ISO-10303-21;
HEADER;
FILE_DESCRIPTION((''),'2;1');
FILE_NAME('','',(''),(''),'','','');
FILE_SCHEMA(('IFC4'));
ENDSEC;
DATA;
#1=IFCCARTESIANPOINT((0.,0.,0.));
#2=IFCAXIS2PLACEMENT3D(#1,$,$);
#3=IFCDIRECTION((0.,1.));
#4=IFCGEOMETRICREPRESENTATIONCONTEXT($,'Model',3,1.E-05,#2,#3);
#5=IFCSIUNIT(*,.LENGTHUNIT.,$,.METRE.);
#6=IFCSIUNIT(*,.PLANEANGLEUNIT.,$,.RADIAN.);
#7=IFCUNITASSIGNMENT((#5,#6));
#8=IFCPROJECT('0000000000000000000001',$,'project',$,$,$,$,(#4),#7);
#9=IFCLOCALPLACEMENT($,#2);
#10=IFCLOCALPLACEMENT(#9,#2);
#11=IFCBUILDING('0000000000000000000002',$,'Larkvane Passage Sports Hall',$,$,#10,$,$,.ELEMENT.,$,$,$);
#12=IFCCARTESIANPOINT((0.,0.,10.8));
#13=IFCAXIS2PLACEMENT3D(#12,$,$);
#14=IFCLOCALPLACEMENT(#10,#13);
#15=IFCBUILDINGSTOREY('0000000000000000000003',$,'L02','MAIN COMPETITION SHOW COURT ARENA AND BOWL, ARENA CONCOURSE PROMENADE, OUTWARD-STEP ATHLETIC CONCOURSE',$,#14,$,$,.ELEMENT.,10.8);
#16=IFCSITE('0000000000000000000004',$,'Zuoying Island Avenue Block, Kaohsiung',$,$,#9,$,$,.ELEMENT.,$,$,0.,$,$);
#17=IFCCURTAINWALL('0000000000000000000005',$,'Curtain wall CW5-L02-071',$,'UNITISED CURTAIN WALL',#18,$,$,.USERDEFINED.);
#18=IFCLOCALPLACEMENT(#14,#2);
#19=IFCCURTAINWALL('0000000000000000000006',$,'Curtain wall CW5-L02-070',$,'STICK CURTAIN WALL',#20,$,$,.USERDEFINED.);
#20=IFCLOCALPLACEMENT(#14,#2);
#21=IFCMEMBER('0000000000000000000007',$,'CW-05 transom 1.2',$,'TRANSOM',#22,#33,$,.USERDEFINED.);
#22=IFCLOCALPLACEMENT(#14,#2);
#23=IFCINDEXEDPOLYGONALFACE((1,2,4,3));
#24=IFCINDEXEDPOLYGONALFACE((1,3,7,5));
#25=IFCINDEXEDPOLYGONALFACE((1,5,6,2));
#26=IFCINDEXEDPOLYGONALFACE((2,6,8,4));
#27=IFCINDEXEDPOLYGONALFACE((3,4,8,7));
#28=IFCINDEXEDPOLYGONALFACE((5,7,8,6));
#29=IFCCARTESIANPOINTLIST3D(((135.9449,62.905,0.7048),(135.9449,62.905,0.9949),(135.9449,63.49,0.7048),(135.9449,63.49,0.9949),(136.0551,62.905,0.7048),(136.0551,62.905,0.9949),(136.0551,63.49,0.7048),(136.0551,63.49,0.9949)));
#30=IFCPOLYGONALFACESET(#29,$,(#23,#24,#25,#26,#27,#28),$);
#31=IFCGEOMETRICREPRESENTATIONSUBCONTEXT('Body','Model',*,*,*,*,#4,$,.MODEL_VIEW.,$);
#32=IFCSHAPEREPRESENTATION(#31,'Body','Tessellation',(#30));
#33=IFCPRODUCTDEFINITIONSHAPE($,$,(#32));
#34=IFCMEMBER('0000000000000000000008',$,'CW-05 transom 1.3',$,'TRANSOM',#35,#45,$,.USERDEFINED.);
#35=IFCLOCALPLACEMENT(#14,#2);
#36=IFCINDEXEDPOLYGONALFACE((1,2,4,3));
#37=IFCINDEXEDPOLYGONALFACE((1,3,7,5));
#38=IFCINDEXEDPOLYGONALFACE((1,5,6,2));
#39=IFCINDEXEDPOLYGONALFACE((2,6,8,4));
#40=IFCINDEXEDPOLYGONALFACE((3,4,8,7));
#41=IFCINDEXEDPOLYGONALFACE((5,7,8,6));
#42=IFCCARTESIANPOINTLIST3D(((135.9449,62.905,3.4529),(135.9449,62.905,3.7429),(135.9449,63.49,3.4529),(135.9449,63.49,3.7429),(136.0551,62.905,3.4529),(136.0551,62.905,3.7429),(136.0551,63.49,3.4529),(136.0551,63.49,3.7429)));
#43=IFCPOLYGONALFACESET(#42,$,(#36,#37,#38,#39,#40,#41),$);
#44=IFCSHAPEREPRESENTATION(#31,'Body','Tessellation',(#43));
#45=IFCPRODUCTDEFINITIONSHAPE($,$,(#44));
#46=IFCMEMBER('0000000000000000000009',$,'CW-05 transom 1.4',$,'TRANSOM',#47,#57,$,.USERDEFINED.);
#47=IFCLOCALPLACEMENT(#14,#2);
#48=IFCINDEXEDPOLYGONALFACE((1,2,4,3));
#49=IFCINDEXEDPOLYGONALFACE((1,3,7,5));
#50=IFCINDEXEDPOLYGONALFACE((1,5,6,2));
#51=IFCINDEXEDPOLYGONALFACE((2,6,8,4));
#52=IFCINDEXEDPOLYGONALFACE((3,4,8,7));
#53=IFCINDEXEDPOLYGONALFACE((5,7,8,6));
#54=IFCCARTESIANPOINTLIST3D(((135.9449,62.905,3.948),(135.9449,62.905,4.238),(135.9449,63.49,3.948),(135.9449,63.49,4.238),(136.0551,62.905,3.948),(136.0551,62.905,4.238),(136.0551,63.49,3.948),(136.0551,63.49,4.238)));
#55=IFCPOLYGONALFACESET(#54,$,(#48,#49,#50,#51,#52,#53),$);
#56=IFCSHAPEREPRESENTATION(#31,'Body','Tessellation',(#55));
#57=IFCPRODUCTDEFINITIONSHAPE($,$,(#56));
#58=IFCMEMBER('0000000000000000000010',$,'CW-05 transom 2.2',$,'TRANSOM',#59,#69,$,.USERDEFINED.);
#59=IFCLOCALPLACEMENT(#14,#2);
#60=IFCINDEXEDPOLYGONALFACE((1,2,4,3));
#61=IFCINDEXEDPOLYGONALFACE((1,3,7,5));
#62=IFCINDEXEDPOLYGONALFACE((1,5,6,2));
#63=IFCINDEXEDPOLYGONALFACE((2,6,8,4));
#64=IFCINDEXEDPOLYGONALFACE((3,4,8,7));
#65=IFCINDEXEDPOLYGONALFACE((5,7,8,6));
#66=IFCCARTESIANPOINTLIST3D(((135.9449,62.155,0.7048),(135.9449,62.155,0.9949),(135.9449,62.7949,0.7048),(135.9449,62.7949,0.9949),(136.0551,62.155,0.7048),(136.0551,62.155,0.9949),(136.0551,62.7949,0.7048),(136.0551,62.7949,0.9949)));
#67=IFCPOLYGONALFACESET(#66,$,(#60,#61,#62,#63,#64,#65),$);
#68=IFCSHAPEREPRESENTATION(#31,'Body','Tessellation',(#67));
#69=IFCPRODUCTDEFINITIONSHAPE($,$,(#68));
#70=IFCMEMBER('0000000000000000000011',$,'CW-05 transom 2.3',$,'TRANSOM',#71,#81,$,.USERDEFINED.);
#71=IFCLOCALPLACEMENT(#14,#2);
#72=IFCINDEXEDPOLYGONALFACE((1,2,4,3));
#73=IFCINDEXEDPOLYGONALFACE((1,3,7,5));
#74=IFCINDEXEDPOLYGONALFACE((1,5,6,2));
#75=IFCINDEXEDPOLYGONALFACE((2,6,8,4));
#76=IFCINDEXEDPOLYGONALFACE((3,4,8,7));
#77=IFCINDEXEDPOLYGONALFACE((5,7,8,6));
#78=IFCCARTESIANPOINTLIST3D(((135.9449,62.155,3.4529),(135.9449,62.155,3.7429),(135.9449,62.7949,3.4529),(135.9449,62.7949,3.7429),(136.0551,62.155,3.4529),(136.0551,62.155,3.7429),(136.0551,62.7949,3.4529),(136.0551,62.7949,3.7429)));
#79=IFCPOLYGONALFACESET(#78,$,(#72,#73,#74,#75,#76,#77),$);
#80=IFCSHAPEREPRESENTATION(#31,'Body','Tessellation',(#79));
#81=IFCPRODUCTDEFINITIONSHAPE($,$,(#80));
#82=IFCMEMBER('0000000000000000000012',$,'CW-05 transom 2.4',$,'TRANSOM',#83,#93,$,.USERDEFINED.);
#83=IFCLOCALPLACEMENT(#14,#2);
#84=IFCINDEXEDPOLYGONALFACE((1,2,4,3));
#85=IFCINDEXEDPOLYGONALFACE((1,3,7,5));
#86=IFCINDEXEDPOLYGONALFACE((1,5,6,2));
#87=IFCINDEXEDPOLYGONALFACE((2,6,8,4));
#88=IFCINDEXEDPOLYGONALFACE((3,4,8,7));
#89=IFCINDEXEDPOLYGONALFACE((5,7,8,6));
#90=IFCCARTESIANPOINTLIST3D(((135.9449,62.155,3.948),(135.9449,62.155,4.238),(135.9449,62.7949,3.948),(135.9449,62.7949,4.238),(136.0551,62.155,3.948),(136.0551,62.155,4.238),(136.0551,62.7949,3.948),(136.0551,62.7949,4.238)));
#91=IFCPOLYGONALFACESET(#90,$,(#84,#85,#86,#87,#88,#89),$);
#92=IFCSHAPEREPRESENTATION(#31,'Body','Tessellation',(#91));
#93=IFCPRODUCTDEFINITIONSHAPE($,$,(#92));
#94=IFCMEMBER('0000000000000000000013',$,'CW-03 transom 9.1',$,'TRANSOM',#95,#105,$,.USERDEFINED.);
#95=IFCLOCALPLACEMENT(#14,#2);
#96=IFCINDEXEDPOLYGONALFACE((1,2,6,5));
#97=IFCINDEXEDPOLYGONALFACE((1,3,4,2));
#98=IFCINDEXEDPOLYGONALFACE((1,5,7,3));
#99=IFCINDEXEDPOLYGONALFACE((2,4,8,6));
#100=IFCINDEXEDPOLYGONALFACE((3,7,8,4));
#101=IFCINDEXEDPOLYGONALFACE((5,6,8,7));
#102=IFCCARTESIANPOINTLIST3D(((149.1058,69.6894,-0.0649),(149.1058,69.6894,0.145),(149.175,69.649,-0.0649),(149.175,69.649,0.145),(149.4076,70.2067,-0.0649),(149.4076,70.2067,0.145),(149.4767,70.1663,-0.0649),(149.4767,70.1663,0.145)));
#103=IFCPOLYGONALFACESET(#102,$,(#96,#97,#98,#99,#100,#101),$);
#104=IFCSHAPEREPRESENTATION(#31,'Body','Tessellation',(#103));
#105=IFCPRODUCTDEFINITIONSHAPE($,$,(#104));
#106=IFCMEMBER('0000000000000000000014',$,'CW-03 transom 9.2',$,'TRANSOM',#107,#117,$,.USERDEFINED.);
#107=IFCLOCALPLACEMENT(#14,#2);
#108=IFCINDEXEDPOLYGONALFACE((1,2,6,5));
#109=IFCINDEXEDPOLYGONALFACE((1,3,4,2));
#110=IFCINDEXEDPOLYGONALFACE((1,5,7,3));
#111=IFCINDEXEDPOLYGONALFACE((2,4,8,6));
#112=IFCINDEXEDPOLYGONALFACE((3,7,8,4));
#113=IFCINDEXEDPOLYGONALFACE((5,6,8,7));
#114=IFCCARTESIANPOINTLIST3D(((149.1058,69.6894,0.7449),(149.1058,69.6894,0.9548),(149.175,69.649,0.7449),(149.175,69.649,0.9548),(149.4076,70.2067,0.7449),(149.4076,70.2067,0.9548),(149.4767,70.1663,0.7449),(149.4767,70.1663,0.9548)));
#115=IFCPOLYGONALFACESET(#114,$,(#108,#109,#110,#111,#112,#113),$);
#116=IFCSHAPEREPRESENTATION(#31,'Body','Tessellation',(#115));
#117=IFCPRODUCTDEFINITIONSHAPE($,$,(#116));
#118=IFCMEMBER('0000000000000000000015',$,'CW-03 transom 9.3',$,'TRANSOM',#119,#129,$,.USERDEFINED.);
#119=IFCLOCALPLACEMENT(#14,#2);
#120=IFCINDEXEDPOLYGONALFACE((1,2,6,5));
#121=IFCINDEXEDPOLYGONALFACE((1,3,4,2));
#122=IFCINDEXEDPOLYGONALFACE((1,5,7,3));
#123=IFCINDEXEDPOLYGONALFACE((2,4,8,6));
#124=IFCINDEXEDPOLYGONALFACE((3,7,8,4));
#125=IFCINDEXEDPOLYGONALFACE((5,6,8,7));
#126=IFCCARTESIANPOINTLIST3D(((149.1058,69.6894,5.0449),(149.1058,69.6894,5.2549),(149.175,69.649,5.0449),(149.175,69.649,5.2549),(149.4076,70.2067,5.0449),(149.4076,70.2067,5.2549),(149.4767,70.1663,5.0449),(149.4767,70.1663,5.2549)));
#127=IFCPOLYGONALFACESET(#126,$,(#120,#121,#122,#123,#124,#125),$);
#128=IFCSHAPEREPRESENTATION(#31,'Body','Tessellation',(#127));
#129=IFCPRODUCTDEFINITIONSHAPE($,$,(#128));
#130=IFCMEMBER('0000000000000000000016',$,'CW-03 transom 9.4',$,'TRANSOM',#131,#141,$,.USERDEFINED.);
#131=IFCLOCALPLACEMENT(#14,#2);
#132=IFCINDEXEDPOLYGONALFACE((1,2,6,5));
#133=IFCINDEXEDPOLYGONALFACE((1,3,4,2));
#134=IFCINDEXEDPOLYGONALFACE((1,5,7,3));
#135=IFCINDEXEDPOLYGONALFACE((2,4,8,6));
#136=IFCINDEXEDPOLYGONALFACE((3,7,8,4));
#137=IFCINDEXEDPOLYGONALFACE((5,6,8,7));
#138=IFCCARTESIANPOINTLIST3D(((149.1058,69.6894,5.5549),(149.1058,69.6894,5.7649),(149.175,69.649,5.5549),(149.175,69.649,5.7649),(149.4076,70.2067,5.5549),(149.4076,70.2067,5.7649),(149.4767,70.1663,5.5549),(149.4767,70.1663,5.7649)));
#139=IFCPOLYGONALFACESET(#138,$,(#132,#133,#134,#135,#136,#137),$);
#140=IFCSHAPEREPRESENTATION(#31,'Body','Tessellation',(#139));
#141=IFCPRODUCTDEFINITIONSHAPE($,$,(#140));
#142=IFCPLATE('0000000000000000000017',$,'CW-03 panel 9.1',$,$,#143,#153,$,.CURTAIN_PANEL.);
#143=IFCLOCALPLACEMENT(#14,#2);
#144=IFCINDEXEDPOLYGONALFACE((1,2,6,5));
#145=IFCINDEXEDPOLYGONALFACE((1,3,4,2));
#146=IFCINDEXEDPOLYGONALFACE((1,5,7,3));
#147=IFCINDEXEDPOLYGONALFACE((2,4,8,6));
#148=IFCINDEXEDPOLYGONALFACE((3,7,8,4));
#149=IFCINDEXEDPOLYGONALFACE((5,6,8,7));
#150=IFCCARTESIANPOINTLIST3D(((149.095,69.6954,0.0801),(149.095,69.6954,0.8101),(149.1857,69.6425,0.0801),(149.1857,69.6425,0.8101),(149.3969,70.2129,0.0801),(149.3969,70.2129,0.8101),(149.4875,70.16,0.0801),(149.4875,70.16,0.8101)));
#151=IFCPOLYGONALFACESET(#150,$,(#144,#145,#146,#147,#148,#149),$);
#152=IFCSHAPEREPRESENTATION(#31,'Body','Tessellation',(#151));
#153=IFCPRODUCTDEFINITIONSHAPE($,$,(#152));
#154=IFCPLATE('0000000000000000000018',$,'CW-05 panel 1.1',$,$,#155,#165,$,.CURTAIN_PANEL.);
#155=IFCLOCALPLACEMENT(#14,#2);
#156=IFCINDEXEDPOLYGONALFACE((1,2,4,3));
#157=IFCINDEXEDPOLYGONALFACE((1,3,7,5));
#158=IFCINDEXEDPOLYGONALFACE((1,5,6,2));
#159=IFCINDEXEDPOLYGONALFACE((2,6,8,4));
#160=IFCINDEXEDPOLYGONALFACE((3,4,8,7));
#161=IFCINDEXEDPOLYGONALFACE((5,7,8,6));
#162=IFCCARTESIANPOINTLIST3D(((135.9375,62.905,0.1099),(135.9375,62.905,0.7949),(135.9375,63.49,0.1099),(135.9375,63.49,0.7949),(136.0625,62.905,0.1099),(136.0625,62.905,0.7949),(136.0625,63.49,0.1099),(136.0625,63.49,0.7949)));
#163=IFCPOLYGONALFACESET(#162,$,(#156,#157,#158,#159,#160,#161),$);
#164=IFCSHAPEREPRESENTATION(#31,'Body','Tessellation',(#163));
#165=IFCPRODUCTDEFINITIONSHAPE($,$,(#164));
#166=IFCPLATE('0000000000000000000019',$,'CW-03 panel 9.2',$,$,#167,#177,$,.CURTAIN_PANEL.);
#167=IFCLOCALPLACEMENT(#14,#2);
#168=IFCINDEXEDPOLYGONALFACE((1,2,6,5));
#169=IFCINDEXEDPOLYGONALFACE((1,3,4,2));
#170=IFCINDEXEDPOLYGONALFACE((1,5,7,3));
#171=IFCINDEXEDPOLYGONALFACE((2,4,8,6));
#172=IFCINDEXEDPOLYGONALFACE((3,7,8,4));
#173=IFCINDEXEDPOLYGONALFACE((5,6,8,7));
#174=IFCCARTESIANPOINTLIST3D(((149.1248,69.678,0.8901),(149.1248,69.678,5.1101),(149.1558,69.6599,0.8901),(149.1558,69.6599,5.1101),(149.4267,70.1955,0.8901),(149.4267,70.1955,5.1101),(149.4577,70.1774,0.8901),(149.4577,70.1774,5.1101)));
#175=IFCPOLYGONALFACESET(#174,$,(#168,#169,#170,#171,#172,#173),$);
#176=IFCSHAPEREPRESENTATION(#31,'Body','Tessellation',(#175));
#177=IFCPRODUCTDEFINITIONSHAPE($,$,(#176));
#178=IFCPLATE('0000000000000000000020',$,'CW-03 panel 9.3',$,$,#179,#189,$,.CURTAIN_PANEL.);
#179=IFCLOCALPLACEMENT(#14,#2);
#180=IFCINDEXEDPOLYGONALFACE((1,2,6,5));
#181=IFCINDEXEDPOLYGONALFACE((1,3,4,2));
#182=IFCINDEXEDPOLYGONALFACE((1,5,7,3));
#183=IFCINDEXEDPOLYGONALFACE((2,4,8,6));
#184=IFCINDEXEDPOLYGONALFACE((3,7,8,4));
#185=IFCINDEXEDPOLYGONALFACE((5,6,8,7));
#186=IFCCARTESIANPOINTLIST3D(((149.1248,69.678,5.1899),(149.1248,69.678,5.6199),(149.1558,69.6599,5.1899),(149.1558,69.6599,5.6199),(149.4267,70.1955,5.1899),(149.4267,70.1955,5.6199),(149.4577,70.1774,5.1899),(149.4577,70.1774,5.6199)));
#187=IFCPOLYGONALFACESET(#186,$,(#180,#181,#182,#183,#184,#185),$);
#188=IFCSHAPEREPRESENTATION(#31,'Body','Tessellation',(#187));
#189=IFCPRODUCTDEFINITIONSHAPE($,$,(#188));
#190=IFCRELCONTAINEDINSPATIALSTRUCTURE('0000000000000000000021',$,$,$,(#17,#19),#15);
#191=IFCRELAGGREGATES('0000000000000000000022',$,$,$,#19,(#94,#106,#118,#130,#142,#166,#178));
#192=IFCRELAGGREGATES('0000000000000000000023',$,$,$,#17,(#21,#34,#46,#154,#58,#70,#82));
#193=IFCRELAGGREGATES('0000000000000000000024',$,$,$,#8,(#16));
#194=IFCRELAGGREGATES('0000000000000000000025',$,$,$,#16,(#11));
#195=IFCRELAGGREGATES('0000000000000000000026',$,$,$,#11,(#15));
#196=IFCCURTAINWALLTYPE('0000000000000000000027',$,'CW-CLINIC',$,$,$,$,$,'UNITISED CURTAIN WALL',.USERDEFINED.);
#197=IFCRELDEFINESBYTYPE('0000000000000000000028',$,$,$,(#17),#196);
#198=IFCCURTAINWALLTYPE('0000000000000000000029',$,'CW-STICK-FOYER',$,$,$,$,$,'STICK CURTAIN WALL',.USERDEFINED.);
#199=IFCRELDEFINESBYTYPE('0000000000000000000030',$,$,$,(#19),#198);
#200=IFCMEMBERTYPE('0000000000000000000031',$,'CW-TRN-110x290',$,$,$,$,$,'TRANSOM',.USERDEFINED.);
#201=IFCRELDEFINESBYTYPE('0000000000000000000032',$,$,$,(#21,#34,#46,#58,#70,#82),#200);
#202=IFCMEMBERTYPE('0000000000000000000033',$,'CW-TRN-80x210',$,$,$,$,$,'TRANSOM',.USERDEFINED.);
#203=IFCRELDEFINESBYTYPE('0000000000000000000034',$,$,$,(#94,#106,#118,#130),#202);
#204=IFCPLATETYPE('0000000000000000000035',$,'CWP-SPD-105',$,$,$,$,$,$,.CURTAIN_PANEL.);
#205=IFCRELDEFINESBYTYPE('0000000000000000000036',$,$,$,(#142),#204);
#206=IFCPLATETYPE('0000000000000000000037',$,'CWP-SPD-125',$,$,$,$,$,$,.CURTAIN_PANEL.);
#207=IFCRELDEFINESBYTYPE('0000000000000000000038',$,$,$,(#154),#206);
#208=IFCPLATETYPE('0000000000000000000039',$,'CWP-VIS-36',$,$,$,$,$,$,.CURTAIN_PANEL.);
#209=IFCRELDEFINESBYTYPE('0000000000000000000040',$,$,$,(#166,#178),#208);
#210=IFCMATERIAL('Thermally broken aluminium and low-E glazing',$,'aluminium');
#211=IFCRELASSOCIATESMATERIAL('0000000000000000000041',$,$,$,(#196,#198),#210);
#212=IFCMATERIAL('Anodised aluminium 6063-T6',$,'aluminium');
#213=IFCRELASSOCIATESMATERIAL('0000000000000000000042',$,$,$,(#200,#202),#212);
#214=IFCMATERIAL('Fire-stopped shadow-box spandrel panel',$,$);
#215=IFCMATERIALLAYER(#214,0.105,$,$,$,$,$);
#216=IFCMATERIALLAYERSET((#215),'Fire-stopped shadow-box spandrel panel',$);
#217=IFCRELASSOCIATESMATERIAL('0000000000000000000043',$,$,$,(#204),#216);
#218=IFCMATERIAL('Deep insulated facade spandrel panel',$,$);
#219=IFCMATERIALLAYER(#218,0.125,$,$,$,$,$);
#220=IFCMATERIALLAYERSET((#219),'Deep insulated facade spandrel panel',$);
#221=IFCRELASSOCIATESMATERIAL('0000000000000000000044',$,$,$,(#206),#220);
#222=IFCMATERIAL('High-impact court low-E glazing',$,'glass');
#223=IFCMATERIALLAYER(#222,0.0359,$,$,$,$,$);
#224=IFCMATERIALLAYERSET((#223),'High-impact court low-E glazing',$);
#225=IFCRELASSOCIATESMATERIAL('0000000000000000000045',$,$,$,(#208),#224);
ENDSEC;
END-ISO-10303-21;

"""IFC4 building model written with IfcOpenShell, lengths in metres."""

from ifc_helpers import new_model, si_unit, direction, frame, origin, origin_2d, place, context, subcontext, project, spatial, rectangle, extrude, material, layer, layer_set, material_profile, profile_set, type_object, element, aggregate, save


model = new_model("IFC4")

# Units and contexts
model_context = context("Model", 3, precision=1e-05, world=origin(), true_north=direction((0.0, 1.0)))
body_context = subcontext(model_context, "Body", "Model", "MODEL_VIEW")
ifc_project = project(units=[si_unit("LENGTHUNIT", "METRE"), si_unit("PLANEANGLEUNIT", "RADIAN")], contexts=[model_context])

# Site, building, storey
site_placement = place(None, origin())
site = spatial("IfcSite", under=ifc_project, at=site_placement, Name="Zuoying Island Avenue Block, Kaohsiung", CompositionType="ELEMENT", RefElevation=0.0)
building_placement = place(site_placement, origin())
building = spatial("IfcBuilding", under=site, at=building_placement, Name="Larkvane Passage Sports Hall", CompositionType="ELEMENT")
storey_placement = place(building_placement, frame((0.0, 0.0, 10.8)))
storey = spatial("IfcBuildingStorey", under=building, at=storey_placement, Name="L02", Description="MAIN COMPETITION SHOW COURT ARENA AND BOWL, ARENA CONCOURSE PROMENADE, OUTWARD-STEP ATHLETIC CONCOURSE", CompositionType="ELEMENT", Elevation=10.8)

# Curtain walls
ifc_material_1 = material(Name="Thermally broken aluminium and low-E glazing", Category="aluminium")
curtain_wall_type_1 = type_object("IfcCurtainWallType", Name="CW-CLINIC", ElementType="UNITISED CURTAIN WALL", PredefinedType="USERDEFINED", material=ifc_material_1)
curtain_wall_1_placement = place(storey_placement, origin())
curtain_wall_1 = element("IfcCurtainWall", 1, at=curtain_wall_1_placement, inside=storey, type_object=curtain_wall_type_1, Name="Curtain wall CW5-L02-071", ObjectType="UNITISED CURTAIN WALL", PredefinedType="USERDEFINED")
ifc_material_2 = material(Name="Anodised aluminium 6063-T6", Category="aluminium")
curtain_wall_type_2 = type_object("IfcCurtainWallType", Name="CW-STICK-FOYER", ElementType="STICK CURTAIN WALL", PredefinedType="USERDEFINED", material=ifc_material_1)
curtain_wall_2_placement = place(storey_placement, origin())
curtain_wall_2 = element("IfcCurtainWall", 2, at=curtain_wall_2_placement, inside=storey, type_object=curtain_wall_type_2, Name="Curtain wall CW5-L02-070", ObjectType="STICK CURTAIN WALL", PredefinedType="USERDEFINED")

# Members
ifc_material_profile_1 = material_profile(ifc_material_2, rectangle(XDim=0.1101, YDim=0.29, at=origin_2d()), Name="ALU-TRN-110x290")
ifc_profile_set_1 = profile_set([ifc_material_profile_1], Name="Anodised aluminium 6063-T6")
member_type_1 = type_object("IfcMemberType", Name="CW-TRN-110x290", ElementType="TRANSOM", PredefinedType="USERDEFINED", material=ifc_profile_set_1)
member_1_placement = place(storey_placement, frame((136.0, 63.49, 0.8499), z_axis=(0.0, -1.0, 0.0), x_axis=(1.0, 0.0, 0.0)))
member_1 = element("IfcMember", 3, at=member_1_placement, type_object=member_type_1, Name="CW-05 transom 1.2", ObjectType="TRANSOM", PredefinedType="USERDEFINED", context=body_context, shape_type="SweptSolid", body=[
    extrude(rectangle(XDim=0.1101, YDim=0.29, at=origin_2d()), origin(), (0.0, 0.0, 1.0), 0.585),
])
member_2_placement = place(storey_placement, frame((136.0, 63.49, 3.5979), z_axis=(0.0, -1.0, 0.0), x_axis=(1.0, 0.0, 0.0)))
member_2 = element("IfcMember", 4, at=member_2_placement, type_object=member_type_1, Name="CW-05 transom 1.3", ObjectType="TRANSOM", PredefinedType="USERDEFINED", context=body_context, shape_type="SweptSolid", body=[
    extrude(rectangle(XDim=0.1101, YDim=0.29, at=origin_2d()), origin(), (0.0, 0.0, 1.0), 0.585),
])
member_3_placement = place(storey_placement, frame((136.0, 63.49, 4.093), z_axis=(0.0, -1.0, 0.0), x_axis=(1.0, 0.0, 0.0)))
member_3 = element("IfcMember", 5, at=member_3_placement, type_object=member_type_1, Name="CW-05 transom 1.4", ObjectType="TRANSOM", PredefinedType="USERDEFINED", context=body_context, shape_type="SweptSolid", body=[
    extrude(rectangle(XDim=0.1101, YDim=0.29, at=origin_2d()), origin(), (0.0, 0.0, 1.0), 0.585),
])
member_4_placement = place(storey_placement, frame((136.0, 62.7949, 0.8499), z_axis=(0.0, -1.0, 0.0), x_axis=(1.0, 0.0, 0.0)))
member_4 = element("IfcMember", 6, at=member_4_placement, type_object=member_type_1, Name="CW-05 transom 2.2", ObjectType="TRANSOM", PredefinedType="USERDEFINED", context=body_context, shape_type="SweptSolid", body=[
    extrude(rectangle(XDim=0.1101, YDim=0.29, at=origin_2d()), origin(), (0.0, 0.0, 1.0), 0.6399),
])
member_5_placement = place(storey_placement, frame((136.0, 62.7949, 3.5979), z_axis=(0.0, -1.0, 0.0), x_axis=(1.0, 0.0, 0.0)))
member_5 = element("IfcMember", 7, at=member_5_placement, type_object=member_type_1, Name="CW-05 transom 2.3", ObjectType="TRANSOM", PredefinedType="USERDEFINED", context=body_context, shape_type="SweptSolid", body=[
    extrude(rectangle(XDim=0.1101, YDim=0.29, at=origin_2d()), origin(), (0.0, 0.0, 1.0), 0.6399),
])
member_6_placement = place(storey_placement, frame((136.0, 62.7949, 4.093), z_axis=(0.0, -1.0, 0.0), x_axis=(1.0, 0.0, 0.0)))
member_6 = element("IfcMember", 8, at=member_6_placement, type_object=member_type_1, Name="CW-05 transom 2.4", ObjectType="TRANSOM", PredefinedType="USERDEFINED", context=body_context, shape_type="SweptSolid", body=[
    extrude(rectangle(XDim=0.1101, YDim=0.29, at=origin_2d()), origin(), (0.0, 0.0, 1.0), 0.6399),
])
ifc_material_profile_2 = material_profile(ifc_material_2, rectangle(XDim=0.0801, YDim=0.21, at=origin_2d()), Name="ALU-TRN-80x210")
ifc_profile_set_2 = profile_set([ifc_material_profile_2], Name="Anodised aluminium 6063-T6")
member_type_2 = type_object("IfcMemberType", Name="CW-TRN-80x210", ElementType="TRANSOM", PredefinedType="USERDEFINED", material=ifc_profile_set_2)
member_7_placement = place(storey_placement, frame((149.4421, 70.1865, 0.04), z_axis=(-0.503846, -0.863794, 0.0), x_axis=(0.863794, -0.503846, 0.0)))
member_7 = element("IfcMember", 9, at=member_7_placement, type_object=member_type_2, Name="CW-03 transom 9.1", ObjectType="TRANSOM", PredefinedType="USERDEFINED", context=body_context, shape_type="SweptSolid", body=[
    extrude(rectangle(XDim=0.0801, YDim=0.21, at=origin_2d()), origin(), (0.0, 0.0, 1.0), 0.5989),
])
member_8_placement = place(storey_placement, frame((149.4421, 70.1865, 0.8499), z_axis=(-0.503846, -0.863794, 0.0), x_axis=(0.863794, -0.503846, 0.0)))
member_8 = element("IfcMember", 10, at=member_8_placement, type_object=member_type_2, Name="CW-03 transom 9.2", ObjectType="TRANSOM", PredefinedType="USERDEFINED", context=body_context, shape_type="SweptSolid", body=[
    extrude(rectangle(XDim=0.0801, YDim=0.21, at=origin_2d()), origin(), (0.0, 0.0, 1.0), 0.5989),
])
member_9_placement = place(storey_placement, frame((149.4421, 70.1865, 5.1499), z_axis=(-0.503846, -0.863794, 0.0), x_axis=(0.863794, -0.503846, 0.0)))
member_9 = element("IfcMember", 11, at=member_9_placement, type_object=member_type_2, Name="CW-03 transom 9.3", ObjectType="TRANSOM", PredefinedType="USERDEFINED", context=body_context, shape_type="SweptSolid", body=[
    extrude(rectangle(XDim=0.0801, YDim=0.21, at=origin_2d()), origin(), (0.0, 0.0, 1.0), 0.5989),
])
member_10_placement = place(storey_placement, frame((149.4421, 70.1865, 5.6599), z_axis=(-0.503846, -0.863794, 0.0), x_axis=(0.863794, -0.503846, 0.0)))
member_10 = element("IfcMember", 12, at=member_10_placement, type_object=member_type_2, Name="CW-03 transom 9.4", ObjectType="TRANSOM", PredefinedType="USERDEFINED", context=body_context, shape_type="SweptSolid", body=[
    extrude(rectangle(XDim=0.0801, YDim=0.21, at=origin_2d()), origin(), (0.0, 0.0, 1.0), 0.5989),
])

# Plates
ifc_material_3 = material(Name="Fire-stopped shadow-box spandrel panel")
ifc_layer_1 = layer(ifc_material_3, 0.105)
ifc_layer_set_1 = layer_set([ifc_layer_1], Name="Fire-stopped shadow-box spandrel panel")
plate_type_1 = type_object("IfcPlateType", Name="CWP-SPD-105", PredefinedType="CURTAIN_PANEL", material=ifc_layer_set_1)
plate_1_placement = place(storey_placement, frame((149.2913, 69.9277, 0.0801), z_axis=(0.0, 0.0, 1.0), x_axis=(-0.503867, -0.863781, 0.0)))
plate_1 = element("IfcPlate", 13, at=plate_1_placement, type_object=plate_type_1, Name="CW-03 panel 9.1", PredefinedType="CURTAIN_PANEL", context=body_context, shape_type="SweptSolid", body=[
    extrude(rectangle(XDim=0.5991, YDim=0.105, at=origin_2d()), origin(), (0.0, 0.0, 1.0), 0.73),
])
ifc_material_4 = material(Name="Deep insulated facade spandrel panel")
ifc_layer_2 = layer(ifc_material_4, 0.125)
ifc_layer_set_2 = layer_set([ifc_layer_2], Name="Deep insulated facade spandrel panel")
plate_type_2 = type_object("IfcPlateType", Name="CWP-SPD-125", PredefinedType="CURTAIN_PANEL", material=ifc_layer_set_2)
plate_2_placement = place(storey_placement, frame((136.0, 63.1975, 0.1099), z_axis=(0.0, 0.0, 1.0), x_axis=(0.0, -1.0, 0.0)))
plate_2 = element("IfcPlate", 14, at=plate_2_placement, type_object=plate_type_2, Name="CW-05 panel 1.1", PredefinedType="CURTAIN_PANEL", context=body_context, shape_type="SweptSolid", body=[
    extrude(rectangle(XDim=0.585, YDim=0.125, at=origin_2d()), origin(), (0.0, 0.0, 1.0), 0.6851),
])
ifc_material_5 = material(Name="High-impact court low-E glazing", Category="glass")
ifc_layer_3 = layer(ifc_material_5, 0.0359)
ifc_layer_set_3 = layer_set([ifc_layer_3], Name="High-impact court low-E glazing")
plate_type_3 = type_object("IfcPlateType", Name="CWP-VIS-36", PredefinedType="CURTAIN_PANEL", material=ifc_layer_set_3)
plate_3_placement = place(storey_placement, frame((149.2913, 69.9277, 0.8901), z_axis=(0.0, 0.0, 1.0), x_axis=(-0.503867, -0.863781, 0.0)))
plate_3 = element("IfcPlate", 15, at=plate_3_placement, type_object=plate_type_3, Name="CW-03 panel 9.2", PredefinedType="CURTAIN_PANEL", context=body_context, shape_type="SweptSolid", body=[
    extrude(rectangle(XDim=0.5991, YDim=0.0359, at=origin_2d()), origin(), (0.0, 0.0, 1.0), 4.22),
])
plate_4_placement = place(storey_placement, frame((149.2913, 69.9277, 5.1899), z_axis=(0.0, 0.0, 1.0), x_axis=(-0.503867, -0.863781, 0.0)))
plate_4 = element("IfcPlate", 16, at=plate_4_placement, type_object=plate_type_3, Name="CW-03 panel 9.3", PredefinedType="CURTAIN_PANEL", context=body_context, shape_type="SweptSolid", body=[
    extrude(rectangle(XDim=0.5991, YDim=0.0359, at=origin_2d()), origin(), (0.0, 0.0, 1.0), 0.4299),
])
aggregate(curtain_wall_2, [member_7, member_8, member_9, member_10, plate_1, plate_3, plate_4])
aggregate(curtain_wall_1, [member_1, member_2, member_3, plate_2, member_4, member_5, member_6])

save(model, "model.ifc")
